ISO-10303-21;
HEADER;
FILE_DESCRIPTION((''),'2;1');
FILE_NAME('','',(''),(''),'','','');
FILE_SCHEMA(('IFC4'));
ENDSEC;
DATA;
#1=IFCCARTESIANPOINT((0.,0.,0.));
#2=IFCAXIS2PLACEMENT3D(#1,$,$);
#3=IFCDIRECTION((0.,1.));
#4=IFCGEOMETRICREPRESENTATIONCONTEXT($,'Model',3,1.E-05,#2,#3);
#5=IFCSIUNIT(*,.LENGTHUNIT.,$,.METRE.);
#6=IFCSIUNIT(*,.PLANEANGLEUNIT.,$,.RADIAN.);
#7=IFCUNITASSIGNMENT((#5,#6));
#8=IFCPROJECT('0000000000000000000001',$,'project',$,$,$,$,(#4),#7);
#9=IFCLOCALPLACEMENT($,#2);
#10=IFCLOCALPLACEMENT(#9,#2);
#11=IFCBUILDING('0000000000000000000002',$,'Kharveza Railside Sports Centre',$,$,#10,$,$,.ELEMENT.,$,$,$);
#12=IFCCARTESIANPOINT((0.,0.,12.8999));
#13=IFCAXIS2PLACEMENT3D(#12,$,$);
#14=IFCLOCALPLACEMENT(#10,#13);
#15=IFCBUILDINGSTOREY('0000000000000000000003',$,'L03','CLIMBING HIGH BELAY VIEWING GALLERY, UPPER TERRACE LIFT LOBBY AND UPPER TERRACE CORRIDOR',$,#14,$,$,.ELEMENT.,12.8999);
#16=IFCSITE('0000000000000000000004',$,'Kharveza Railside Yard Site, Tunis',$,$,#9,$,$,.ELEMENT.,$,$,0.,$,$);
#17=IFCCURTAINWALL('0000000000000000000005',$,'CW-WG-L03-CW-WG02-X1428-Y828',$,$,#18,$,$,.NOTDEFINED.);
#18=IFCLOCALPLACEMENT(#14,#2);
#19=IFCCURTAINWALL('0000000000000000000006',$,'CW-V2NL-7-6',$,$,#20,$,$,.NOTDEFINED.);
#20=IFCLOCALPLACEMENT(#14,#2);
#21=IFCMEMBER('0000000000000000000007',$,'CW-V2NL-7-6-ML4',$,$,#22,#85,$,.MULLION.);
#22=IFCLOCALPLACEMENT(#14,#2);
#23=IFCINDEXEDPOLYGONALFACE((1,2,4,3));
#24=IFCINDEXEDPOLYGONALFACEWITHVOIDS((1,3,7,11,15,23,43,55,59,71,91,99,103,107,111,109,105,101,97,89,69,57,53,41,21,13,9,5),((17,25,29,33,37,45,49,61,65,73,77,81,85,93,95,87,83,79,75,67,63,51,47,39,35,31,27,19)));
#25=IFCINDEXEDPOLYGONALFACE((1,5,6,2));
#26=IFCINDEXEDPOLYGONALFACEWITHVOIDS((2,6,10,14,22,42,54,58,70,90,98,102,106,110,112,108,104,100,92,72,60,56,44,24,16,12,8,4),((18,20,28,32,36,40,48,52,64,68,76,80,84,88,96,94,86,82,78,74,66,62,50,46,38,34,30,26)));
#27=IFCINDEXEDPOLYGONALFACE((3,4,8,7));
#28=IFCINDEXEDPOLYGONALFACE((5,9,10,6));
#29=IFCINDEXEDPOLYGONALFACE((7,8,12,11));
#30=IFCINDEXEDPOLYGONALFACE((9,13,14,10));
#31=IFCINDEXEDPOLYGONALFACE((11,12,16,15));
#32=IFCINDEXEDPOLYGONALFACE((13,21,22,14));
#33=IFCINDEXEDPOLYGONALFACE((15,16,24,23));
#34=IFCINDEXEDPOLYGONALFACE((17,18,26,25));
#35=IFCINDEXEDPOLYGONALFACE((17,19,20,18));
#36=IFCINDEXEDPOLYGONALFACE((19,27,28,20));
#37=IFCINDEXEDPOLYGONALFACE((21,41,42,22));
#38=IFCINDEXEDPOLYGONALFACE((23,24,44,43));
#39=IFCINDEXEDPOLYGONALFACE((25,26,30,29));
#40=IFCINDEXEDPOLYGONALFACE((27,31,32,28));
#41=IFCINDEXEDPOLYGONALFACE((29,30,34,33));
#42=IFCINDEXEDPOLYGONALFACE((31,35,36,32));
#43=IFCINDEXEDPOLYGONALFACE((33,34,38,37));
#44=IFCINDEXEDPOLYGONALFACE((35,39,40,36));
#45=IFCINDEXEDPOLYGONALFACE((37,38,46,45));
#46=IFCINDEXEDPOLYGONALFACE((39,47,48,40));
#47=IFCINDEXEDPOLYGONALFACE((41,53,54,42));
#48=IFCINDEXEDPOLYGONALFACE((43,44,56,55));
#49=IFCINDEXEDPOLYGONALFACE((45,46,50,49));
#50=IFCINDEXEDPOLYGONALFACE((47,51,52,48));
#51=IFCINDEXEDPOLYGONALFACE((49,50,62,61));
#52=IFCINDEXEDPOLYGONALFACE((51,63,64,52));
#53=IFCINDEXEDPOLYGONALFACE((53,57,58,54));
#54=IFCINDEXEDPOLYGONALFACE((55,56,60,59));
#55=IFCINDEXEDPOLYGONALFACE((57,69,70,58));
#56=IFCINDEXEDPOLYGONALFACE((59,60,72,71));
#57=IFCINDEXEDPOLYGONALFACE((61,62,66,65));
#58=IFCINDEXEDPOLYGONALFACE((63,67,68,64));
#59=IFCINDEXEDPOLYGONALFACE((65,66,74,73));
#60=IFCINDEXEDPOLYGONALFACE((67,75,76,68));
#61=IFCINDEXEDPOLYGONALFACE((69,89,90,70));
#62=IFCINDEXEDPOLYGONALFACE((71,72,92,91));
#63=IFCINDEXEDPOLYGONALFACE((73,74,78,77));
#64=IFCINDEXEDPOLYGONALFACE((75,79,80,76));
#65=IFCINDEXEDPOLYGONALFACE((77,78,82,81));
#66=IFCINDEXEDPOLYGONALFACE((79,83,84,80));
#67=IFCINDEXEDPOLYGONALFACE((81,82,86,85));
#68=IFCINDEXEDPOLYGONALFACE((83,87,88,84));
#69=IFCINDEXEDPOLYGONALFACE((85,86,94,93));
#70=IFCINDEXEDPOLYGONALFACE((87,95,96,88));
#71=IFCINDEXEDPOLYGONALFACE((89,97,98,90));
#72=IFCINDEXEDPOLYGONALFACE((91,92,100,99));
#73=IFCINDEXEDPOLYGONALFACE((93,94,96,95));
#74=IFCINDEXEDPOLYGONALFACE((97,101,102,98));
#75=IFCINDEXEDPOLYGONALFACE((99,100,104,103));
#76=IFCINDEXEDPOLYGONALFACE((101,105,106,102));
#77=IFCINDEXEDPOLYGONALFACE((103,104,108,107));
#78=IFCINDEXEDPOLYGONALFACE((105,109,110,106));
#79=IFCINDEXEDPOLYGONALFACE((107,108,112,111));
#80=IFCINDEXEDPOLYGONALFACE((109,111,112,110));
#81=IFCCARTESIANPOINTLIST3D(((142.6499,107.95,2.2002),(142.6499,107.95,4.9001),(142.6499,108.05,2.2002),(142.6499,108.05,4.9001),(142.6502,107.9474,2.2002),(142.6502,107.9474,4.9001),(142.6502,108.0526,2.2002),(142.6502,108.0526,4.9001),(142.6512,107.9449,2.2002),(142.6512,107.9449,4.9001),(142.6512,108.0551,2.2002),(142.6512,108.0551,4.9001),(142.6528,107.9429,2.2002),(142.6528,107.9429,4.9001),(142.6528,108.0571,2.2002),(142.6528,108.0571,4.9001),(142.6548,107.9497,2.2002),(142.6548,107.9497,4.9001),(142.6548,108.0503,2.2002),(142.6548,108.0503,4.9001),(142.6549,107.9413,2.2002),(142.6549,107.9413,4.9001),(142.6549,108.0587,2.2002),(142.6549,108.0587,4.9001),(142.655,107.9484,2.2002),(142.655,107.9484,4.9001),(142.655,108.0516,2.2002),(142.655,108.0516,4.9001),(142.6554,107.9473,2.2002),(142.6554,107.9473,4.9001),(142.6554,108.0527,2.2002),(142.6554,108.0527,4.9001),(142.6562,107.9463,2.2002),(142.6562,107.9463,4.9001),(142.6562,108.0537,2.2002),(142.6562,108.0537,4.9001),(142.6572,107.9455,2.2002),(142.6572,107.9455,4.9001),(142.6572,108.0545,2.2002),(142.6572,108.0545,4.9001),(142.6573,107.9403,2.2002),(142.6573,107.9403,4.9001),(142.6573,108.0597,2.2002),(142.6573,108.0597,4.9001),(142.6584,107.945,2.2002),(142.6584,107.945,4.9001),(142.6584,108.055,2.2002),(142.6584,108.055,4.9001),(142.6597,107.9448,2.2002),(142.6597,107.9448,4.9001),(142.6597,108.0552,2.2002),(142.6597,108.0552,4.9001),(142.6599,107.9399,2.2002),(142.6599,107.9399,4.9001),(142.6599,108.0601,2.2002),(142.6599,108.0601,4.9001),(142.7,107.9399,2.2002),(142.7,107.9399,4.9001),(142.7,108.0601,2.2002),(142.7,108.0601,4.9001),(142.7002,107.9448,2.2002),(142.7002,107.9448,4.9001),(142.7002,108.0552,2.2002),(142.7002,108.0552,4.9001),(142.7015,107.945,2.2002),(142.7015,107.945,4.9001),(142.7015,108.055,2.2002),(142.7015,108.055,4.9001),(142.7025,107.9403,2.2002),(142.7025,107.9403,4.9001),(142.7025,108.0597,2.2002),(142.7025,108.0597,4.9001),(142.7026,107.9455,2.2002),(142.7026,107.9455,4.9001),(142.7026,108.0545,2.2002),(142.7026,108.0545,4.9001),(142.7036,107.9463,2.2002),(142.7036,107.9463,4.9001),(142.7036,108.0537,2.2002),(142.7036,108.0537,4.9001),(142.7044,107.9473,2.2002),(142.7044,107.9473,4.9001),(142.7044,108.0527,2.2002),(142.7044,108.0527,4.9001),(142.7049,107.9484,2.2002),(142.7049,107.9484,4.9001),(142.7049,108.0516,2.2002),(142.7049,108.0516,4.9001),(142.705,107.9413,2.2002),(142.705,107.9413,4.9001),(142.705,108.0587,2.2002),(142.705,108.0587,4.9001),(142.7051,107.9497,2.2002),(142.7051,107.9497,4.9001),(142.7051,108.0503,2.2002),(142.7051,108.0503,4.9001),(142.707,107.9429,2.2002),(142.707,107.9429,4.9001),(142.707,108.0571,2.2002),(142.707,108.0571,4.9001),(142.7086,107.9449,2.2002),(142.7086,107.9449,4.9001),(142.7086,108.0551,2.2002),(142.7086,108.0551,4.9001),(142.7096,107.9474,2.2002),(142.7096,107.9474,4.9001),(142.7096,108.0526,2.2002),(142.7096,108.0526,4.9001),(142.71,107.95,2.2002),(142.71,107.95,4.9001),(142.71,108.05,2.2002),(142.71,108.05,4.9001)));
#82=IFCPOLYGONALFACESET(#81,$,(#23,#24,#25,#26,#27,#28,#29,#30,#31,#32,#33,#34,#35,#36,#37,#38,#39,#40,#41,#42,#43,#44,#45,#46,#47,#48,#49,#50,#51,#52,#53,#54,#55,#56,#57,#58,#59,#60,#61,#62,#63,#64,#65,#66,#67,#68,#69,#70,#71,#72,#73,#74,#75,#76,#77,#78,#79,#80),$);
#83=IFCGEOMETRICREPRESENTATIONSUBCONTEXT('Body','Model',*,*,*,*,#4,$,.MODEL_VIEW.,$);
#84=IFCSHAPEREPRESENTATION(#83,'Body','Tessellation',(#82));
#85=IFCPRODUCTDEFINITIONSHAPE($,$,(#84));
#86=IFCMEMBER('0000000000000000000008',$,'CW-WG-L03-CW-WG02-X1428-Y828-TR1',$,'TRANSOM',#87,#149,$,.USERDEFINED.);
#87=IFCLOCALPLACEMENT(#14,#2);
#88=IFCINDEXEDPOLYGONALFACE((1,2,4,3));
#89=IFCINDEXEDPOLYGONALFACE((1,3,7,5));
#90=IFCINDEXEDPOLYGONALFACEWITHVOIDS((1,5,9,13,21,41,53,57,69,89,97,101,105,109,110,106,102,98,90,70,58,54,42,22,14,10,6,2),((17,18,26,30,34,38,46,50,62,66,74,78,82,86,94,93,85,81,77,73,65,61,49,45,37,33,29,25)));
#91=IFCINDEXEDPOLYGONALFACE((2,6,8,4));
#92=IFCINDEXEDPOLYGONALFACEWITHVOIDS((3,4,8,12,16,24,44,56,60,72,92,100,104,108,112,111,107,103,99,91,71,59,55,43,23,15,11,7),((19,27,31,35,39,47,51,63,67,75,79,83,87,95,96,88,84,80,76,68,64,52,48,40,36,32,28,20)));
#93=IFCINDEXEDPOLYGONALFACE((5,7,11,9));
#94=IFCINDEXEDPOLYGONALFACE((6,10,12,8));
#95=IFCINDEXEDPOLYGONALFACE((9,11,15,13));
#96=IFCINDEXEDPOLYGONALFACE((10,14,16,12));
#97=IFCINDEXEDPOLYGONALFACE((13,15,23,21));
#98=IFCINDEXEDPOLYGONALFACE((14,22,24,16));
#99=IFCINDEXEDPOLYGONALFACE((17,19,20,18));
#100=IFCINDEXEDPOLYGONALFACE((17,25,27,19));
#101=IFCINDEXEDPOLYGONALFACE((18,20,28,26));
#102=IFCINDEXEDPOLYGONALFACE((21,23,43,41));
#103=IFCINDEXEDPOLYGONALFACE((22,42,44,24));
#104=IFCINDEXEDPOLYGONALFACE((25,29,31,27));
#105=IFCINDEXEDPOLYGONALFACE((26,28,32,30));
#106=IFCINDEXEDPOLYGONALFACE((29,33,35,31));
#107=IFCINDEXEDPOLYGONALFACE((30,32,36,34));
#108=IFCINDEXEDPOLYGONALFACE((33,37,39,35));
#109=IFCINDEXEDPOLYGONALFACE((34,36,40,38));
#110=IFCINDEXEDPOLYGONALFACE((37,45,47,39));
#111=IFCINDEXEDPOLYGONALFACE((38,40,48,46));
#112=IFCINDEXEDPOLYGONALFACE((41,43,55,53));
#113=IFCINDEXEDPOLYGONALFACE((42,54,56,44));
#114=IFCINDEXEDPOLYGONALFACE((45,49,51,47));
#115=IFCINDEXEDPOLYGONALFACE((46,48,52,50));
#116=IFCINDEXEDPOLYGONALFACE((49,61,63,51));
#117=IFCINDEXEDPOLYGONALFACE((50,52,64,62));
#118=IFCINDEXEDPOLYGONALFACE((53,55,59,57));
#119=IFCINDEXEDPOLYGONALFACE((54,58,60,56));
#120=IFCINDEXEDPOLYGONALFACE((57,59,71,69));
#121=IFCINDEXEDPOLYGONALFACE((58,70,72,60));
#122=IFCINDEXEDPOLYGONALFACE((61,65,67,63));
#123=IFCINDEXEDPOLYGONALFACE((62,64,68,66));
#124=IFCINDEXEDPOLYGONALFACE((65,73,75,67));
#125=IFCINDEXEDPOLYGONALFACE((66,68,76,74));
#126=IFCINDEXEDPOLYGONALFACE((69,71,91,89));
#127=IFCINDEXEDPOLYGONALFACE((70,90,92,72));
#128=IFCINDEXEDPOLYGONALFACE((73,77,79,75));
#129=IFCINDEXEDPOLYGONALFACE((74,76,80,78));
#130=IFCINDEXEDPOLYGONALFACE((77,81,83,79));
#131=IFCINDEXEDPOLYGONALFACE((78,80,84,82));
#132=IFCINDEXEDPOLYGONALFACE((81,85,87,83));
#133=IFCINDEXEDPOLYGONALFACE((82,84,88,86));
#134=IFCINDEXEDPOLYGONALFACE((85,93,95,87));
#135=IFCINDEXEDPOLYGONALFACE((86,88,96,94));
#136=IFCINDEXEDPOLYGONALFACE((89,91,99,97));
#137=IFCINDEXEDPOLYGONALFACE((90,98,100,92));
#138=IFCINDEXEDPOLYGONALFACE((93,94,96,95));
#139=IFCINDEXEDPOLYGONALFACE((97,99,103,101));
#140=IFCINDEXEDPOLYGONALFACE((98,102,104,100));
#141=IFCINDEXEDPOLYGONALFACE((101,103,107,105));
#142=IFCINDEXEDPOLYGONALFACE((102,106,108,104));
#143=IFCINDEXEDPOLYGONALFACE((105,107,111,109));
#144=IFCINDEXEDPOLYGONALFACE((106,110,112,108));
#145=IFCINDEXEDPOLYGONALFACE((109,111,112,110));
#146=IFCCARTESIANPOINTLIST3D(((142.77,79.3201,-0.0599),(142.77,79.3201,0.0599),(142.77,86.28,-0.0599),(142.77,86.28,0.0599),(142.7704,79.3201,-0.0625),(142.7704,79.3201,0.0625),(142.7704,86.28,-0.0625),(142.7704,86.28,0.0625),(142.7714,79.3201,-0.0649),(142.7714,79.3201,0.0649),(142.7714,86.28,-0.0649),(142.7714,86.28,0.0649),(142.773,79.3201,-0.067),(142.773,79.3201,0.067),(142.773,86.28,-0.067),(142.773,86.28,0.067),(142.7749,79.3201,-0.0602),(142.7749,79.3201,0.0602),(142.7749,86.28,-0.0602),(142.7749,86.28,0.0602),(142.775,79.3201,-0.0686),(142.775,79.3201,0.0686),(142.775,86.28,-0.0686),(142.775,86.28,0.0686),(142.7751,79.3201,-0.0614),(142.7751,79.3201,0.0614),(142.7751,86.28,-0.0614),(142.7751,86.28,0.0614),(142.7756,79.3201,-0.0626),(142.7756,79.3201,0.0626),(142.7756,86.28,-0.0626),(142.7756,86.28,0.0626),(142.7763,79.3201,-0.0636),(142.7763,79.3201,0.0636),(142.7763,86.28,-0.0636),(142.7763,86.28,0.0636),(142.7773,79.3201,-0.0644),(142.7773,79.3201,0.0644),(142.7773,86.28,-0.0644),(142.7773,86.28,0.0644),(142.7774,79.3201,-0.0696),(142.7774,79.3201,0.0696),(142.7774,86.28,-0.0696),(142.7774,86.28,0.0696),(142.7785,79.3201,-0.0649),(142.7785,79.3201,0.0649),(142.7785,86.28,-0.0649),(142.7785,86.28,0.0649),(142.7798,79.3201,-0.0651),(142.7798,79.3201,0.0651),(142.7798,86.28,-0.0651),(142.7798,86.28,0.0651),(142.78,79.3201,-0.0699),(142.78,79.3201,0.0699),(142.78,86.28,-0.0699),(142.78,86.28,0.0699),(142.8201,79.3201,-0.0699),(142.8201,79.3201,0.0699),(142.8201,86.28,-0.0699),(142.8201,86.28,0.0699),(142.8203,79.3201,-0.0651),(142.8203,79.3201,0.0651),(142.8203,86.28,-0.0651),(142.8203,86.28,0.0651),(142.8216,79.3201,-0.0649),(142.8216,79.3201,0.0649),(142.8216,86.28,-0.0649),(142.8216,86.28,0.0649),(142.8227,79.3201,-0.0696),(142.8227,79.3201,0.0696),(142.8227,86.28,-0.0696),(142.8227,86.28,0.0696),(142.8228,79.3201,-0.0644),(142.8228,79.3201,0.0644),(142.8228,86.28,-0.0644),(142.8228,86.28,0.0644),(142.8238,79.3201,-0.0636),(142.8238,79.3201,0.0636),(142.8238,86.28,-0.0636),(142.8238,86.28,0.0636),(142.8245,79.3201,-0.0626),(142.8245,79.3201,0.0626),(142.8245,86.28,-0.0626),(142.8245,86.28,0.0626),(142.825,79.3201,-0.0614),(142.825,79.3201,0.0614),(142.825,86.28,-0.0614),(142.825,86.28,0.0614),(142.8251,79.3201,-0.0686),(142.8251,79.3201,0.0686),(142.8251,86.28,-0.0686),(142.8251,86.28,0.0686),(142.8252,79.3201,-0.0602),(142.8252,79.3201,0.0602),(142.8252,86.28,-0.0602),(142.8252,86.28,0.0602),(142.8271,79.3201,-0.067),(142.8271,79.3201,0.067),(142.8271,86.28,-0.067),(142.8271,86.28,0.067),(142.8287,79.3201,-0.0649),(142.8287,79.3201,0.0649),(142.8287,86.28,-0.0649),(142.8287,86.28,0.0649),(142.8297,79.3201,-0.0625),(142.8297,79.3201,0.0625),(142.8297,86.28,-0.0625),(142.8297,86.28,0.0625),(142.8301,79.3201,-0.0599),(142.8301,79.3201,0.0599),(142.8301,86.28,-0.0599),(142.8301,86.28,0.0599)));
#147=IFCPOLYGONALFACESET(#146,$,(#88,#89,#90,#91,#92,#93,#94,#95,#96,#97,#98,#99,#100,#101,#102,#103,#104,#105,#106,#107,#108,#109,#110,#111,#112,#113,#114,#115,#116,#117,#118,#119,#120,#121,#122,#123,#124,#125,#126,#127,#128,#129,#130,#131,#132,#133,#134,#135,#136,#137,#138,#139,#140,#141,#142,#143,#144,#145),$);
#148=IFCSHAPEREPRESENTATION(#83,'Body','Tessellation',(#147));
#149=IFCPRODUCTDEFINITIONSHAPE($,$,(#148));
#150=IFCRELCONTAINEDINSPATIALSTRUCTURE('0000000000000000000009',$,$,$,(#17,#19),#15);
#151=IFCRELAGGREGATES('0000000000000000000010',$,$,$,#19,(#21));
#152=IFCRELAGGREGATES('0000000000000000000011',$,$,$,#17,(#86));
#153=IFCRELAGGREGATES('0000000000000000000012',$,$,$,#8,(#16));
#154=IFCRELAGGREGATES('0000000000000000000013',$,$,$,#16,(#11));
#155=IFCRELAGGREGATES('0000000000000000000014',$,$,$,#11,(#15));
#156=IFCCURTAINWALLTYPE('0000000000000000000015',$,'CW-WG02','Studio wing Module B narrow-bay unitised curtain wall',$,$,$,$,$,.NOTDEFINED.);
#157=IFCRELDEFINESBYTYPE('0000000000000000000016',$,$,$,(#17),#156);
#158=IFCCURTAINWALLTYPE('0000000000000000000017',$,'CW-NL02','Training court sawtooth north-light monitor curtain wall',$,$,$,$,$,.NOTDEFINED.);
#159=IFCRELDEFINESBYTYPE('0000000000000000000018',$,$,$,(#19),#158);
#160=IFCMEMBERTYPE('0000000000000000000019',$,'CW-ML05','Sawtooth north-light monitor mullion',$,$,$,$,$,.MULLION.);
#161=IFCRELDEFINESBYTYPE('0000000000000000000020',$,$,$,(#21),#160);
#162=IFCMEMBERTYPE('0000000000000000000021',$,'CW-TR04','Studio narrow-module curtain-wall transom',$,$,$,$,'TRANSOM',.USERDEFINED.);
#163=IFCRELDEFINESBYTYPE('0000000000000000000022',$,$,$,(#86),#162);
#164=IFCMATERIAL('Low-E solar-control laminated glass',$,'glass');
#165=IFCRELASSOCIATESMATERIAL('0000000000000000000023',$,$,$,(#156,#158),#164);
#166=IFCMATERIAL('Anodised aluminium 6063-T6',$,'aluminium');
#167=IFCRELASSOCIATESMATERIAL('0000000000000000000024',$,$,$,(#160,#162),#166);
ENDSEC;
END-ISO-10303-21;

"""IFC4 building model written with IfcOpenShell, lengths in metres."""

from ifc_helpers import new_model, si_unit, direction, frame, origin, origin_2d, place, context, subcontext, project, spatial, hollow_rectangle, extrude, material, material_profile, profile_set, type_object, element, aggregate, save


model = new_model("IFC4")

# Units and contexts
model_context = context("Model", 3, precision=1e-05, world=origin(), true_north=direction((0.0, 1.0)))
body_context = subcontext(model_context, "Body", "Model", "MODEL_VIEW")
ifc_project = project(units=[si_unit("LENGTHUNIT", "METRE"), si_unit("PLANEANGLEUNIT", "RADIAN")], contexts=[model_context])

# Site, building, storey
site_placement = place(None, origin())
site = spatial("IfcSite", under=ifc_project, at=site_placement, Name="Kharveza Railside Yard Site, Tunis", CompositionType="ELEMENT", RefElevation=0.0)
building_placement = place(site_placement, origin())
building = spatial("IfcBuilding", under=site, at=building_placement, Name="Kharveza Railside Sports Centre", CompositionType="ELEMENT")
storey_placement = place(building_placement, frame((0.0, 0.0, 12.8999)))
storey = spatial("IfcBuildingStorey", under=building, at=storey_placement, Name="L03", Description="CLIMBING HIGH BELAY VIEWING GALLERY, UPPER TERRACE LIFT LOBBY AND UPPER TERRACE CORRIDOR", CompositionType="ELEMENT", Elevation=12.8999)

# Curtain walls, member
ifc_material_1 = material(Name="Low-E solar-control laminated glass", Category="glass")
curtain_wall_type_1 = type_object("IfcCurtainWallType", Name="CW-WG02", Description="Studio wing Module B narrow-bay unitised curtain wall", PredefinedType="NOTDEFINED", material=ifc_material_1)
curtain_wall_1_placement = place(storey_placement, origin())
curtain_wall_1 = element("IfcCurtainWall", 1, at=curtain_wall_1_placement, inside=storey, type_object=curtain_wall_type_1, Name="CW-WG-L03-CW-WG02-X1428-Y828", PredefinedType="NOTDEFINED")
ifc_material_2 = material(Name="Anodised aluminium 6063-T6", Category="aluminium")
curtain_wall_type_2 = type_object("IfcCurtainWallType", Name="CW-NL02", Description="Training court sawtooth north-light monitor curtain wall", PredefinedType="NOTDEFINED", material=ifc_material_1)
ifc_material_profile_1 = material_profile(ifc_material_2, hollow_rectangle(XDim=0.0601, YDim=0.1201, WallThickness=0.0049, InnerFilletRadius=0.0049, OuterFilletRadius=0.01, at=origin_2d()), Name="RHS 60x120x5.0")
ifc_profile_set_1 = profile_set([ifc_material_profile_1], Name="Anodised aluminium 6063-T6")
member_type_1 = type_object("IfcMemberType", Name="CW-ML05", Description="Sawtooth north-light monitor mullion", PredefinedType="MULLION", material=ifc_profile_set_1)
curtain_wall_2_placement = place(storey_placement, origin())
curtain_wall_2 = element("IfcCurtainWall", 2, at=curtain_wall_2_placement, inside=storey, type_object=curtain_wall_type_2, Name="CW-V2NL-7-6", PredefinedType="NOTDEFINED")
member_1_placement = place(storey_placement, frame((142.6799, 108.0, 2.2002), z_axis=(0.0, 0.0, 1.0), x_axis=(1.0, 0.0, 0.0)))
member_1 = element("IfcMember", 3, at=member_1_placement, type_object=member_type_1, Name="CW-V2NL-7-6-ML4", PredefinedType="MULLION", context=body_context, shape_type="SweptSolid", body=[
    extrude(hollow_rectangle(XDim=0.0601, YDim=0.1201, WallThickness=0.0049, InnerFilletRadius=0.0049, OuterFilletRadius=0.01, at=origin_2d()), origin(), (0.0, 0.0, 1.0), 2.7),
])

# Member
ifc_material_profile_2 = material_profile(ifc_material_2, hollow_rectangle(XDim=0.0601, YDim=0.1399, WallThickness=0.0049, InnerFilletRadius=0.0049, OuterFilletRadius=0.01, at=origin_2d()), Name="RHS 60x140x5.0")
ifc_profile_set_2 = profile_set([ifc_material_profile_2], Name="Anodised aluminium 6063-T6")
member_type_2 = type_object("IfcMemberType", Name="CW-TR04", Description="Studio narrow-module curtain-wall transom", ElementType="TRANSOM", PredefinedType="USERDEFINED", material=ifc_profile_set_2)
member_2_placement = place(storey_placement, frame((142.8, 86.28, 0.0), z_axis=(0.0, -1.0, 0.0), x_axis=(1.0, 0.0, 0.0)))
member_2 = element("IfcMember", 4, at=member_2_placement, type_object=member_type_2, Name="CW-WG-L03-CW-WG02-X1428-Y828-TR1", ObjectType="TRANSOM", PredefinedType="USERDEFINED", context=body_context, shape_type="SweptSolid", body=[
    extrude(hollow_rectangle(XDim=0.0601, YDim=0.1399, WallThickness=0.0049, InnerFilletRadius=0.0049, OuterFilletRadius=0.01, at=origin_2d()), origin(), (0.0, 0.0, 1.0), 6.96),
])

aggregate(curtain_wall_2, [member_1])
aggregate(curtain_wall_1, [member_2])

save(model, "model.ifc")
